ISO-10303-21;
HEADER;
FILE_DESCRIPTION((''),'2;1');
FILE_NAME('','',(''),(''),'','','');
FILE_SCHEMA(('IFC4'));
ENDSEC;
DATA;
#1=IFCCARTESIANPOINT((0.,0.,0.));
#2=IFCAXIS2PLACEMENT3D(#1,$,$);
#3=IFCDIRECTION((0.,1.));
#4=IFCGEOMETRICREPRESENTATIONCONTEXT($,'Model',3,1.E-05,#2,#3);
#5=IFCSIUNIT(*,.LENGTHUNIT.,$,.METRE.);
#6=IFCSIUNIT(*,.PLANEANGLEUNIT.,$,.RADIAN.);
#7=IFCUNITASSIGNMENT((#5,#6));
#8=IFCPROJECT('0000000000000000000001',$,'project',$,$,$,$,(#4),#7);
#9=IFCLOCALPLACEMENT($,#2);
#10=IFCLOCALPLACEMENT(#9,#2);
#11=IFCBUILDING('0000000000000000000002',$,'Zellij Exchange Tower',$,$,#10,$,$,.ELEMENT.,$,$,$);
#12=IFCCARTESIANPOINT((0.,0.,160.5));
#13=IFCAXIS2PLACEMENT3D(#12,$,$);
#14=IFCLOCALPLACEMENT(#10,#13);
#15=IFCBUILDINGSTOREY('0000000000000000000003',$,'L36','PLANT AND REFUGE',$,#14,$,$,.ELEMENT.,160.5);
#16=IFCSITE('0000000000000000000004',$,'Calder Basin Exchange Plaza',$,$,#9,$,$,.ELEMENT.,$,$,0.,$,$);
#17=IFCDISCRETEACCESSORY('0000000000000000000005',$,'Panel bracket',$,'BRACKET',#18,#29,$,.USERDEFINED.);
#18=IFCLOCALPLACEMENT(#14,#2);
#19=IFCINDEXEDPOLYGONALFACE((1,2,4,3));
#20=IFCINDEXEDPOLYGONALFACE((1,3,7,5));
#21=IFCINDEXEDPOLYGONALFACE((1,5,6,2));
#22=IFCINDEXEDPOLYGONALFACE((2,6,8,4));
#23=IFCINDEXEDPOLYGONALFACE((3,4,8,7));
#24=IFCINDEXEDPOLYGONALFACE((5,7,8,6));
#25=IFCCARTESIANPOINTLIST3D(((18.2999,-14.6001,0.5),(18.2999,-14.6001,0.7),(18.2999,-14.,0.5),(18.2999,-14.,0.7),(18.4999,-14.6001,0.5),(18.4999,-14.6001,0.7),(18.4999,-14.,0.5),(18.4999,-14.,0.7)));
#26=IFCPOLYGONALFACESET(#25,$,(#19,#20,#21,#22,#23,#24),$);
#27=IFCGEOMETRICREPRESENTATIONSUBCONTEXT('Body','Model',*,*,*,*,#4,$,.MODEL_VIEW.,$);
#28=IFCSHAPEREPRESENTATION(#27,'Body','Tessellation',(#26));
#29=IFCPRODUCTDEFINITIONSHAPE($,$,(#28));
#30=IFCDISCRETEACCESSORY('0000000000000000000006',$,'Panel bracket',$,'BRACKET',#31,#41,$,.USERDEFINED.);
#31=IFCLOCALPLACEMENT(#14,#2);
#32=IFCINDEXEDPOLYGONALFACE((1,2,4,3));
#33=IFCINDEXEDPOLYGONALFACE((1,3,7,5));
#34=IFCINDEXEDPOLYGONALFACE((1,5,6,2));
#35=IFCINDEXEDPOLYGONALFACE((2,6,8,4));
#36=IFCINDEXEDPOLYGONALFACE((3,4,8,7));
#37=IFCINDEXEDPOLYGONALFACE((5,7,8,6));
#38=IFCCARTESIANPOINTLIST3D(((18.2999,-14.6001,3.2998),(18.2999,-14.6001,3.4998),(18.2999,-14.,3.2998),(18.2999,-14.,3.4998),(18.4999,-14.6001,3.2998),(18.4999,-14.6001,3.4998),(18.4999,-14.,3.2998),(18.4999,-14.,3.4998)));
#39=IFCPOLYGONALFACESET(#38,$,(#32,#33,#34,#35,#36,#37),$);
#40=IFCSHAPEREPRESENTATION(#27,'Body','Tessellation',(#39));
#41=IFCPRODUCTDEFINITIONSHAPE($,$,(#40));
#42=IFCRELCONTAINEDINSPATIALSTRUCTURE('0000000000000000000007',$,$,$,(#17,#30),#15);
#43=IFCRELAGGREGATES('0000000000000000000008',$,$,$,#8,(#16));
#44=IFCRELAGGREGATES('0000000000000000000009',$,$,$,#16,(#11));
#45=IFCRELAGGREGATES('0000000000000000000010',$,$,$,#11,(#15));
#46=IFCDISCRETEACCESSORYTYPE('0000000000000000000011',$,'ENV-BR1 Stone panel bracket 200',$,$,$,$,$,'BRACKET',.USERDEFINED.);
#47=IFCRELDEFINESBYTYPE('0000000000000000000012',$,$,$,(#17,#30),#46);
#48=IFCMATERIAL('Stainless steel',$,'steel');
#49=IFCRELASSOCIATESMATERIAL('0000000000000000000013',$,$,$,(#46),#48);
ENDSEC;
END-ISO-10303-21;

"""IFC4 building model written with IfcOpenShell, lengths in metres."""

from ifc_helpers import new_model, si_unit, direction, frame, origin, origin_2d, place, context, subcontext, project, spatial, rectangle, extrude, material, type_object, element, save


model = new_model("IFC4")

# Units and contexts
model_context = context("Model", 3, precision=1e-05, world=origin(), true_north=direction((0.0, 1.0)))
body_context = subcontext(model_context, "Body", "Model", "MODEL_VIEW")
ifc_project = project(units=[si_unit("LENGTHUNIT", "METRE"), si_unit("PLANEANGLEUNIT", "RADIAN")], contexts=[model_context])

# Site, building, storey
site_placement = place(None, origin())
site = spatial("IfcSite", under=ifc_project, at=site_placement, Name="Calder Basin Exchange Plaza", CompositionType="ELEMENT", RefElevation=0.0)
building_placement = place(site_placement, origin())
building = spatial("IfcBuilding", under=site, at=building_placement, Name="Zellij Exchange Tower", CompositionType="ELEMENT")
storey_placement = place(building_placement, frame((0.0, 0.0, 160.5)))
storey = spatial("IfcBuildingStorey", under=building, at=storey_placement, Name="L36", Description="PLANT AND REFUGE", CompositionType="ELEMENT", Elevation=160.5)

# Discrete accessories
ifc_material_1 = material(Name="Stainless steel", Category="steel")
discrete_accessory_type = type_object("IfcDiscreteAccessoryType", Name="ENV-BR1 Stone panel bracket 200", ElementType="BRACKET", PredefinedType="USERDEFINED", material=ifc_material_1)
for number, where, z_axis, x_axis, name in (
    (1, (18.3999, -14.3, 0.5), (0.0, 0.0, 1.0), (1.0, 0.0, 0.0), "Panel bracket"),
    (2, (18.3999, -14.3, 3.2998), (0.0, 0.0, 1.0), (1.0, 0.0, 0.0), "Panel bracket"),
):
    element("IfcDiscreteAccessory", number, at=place(storey_placement, frame(where, z_axis=z_axis, x_axis=x_axis)), inside=storey, type_object=discrete_accessory_type, Name=name, ObjectType="BRACKET", PredefinedType="USERDEFINED", context=body_context, shape_type="SweptSolid", body=[
        extrude(rectangle(XDim=0.2, YDim=0.6001, at=origin_2d()), origin(), (0.0, 0.0, 1.0), 0.2),
    ])

save(model, "model.ifc")
